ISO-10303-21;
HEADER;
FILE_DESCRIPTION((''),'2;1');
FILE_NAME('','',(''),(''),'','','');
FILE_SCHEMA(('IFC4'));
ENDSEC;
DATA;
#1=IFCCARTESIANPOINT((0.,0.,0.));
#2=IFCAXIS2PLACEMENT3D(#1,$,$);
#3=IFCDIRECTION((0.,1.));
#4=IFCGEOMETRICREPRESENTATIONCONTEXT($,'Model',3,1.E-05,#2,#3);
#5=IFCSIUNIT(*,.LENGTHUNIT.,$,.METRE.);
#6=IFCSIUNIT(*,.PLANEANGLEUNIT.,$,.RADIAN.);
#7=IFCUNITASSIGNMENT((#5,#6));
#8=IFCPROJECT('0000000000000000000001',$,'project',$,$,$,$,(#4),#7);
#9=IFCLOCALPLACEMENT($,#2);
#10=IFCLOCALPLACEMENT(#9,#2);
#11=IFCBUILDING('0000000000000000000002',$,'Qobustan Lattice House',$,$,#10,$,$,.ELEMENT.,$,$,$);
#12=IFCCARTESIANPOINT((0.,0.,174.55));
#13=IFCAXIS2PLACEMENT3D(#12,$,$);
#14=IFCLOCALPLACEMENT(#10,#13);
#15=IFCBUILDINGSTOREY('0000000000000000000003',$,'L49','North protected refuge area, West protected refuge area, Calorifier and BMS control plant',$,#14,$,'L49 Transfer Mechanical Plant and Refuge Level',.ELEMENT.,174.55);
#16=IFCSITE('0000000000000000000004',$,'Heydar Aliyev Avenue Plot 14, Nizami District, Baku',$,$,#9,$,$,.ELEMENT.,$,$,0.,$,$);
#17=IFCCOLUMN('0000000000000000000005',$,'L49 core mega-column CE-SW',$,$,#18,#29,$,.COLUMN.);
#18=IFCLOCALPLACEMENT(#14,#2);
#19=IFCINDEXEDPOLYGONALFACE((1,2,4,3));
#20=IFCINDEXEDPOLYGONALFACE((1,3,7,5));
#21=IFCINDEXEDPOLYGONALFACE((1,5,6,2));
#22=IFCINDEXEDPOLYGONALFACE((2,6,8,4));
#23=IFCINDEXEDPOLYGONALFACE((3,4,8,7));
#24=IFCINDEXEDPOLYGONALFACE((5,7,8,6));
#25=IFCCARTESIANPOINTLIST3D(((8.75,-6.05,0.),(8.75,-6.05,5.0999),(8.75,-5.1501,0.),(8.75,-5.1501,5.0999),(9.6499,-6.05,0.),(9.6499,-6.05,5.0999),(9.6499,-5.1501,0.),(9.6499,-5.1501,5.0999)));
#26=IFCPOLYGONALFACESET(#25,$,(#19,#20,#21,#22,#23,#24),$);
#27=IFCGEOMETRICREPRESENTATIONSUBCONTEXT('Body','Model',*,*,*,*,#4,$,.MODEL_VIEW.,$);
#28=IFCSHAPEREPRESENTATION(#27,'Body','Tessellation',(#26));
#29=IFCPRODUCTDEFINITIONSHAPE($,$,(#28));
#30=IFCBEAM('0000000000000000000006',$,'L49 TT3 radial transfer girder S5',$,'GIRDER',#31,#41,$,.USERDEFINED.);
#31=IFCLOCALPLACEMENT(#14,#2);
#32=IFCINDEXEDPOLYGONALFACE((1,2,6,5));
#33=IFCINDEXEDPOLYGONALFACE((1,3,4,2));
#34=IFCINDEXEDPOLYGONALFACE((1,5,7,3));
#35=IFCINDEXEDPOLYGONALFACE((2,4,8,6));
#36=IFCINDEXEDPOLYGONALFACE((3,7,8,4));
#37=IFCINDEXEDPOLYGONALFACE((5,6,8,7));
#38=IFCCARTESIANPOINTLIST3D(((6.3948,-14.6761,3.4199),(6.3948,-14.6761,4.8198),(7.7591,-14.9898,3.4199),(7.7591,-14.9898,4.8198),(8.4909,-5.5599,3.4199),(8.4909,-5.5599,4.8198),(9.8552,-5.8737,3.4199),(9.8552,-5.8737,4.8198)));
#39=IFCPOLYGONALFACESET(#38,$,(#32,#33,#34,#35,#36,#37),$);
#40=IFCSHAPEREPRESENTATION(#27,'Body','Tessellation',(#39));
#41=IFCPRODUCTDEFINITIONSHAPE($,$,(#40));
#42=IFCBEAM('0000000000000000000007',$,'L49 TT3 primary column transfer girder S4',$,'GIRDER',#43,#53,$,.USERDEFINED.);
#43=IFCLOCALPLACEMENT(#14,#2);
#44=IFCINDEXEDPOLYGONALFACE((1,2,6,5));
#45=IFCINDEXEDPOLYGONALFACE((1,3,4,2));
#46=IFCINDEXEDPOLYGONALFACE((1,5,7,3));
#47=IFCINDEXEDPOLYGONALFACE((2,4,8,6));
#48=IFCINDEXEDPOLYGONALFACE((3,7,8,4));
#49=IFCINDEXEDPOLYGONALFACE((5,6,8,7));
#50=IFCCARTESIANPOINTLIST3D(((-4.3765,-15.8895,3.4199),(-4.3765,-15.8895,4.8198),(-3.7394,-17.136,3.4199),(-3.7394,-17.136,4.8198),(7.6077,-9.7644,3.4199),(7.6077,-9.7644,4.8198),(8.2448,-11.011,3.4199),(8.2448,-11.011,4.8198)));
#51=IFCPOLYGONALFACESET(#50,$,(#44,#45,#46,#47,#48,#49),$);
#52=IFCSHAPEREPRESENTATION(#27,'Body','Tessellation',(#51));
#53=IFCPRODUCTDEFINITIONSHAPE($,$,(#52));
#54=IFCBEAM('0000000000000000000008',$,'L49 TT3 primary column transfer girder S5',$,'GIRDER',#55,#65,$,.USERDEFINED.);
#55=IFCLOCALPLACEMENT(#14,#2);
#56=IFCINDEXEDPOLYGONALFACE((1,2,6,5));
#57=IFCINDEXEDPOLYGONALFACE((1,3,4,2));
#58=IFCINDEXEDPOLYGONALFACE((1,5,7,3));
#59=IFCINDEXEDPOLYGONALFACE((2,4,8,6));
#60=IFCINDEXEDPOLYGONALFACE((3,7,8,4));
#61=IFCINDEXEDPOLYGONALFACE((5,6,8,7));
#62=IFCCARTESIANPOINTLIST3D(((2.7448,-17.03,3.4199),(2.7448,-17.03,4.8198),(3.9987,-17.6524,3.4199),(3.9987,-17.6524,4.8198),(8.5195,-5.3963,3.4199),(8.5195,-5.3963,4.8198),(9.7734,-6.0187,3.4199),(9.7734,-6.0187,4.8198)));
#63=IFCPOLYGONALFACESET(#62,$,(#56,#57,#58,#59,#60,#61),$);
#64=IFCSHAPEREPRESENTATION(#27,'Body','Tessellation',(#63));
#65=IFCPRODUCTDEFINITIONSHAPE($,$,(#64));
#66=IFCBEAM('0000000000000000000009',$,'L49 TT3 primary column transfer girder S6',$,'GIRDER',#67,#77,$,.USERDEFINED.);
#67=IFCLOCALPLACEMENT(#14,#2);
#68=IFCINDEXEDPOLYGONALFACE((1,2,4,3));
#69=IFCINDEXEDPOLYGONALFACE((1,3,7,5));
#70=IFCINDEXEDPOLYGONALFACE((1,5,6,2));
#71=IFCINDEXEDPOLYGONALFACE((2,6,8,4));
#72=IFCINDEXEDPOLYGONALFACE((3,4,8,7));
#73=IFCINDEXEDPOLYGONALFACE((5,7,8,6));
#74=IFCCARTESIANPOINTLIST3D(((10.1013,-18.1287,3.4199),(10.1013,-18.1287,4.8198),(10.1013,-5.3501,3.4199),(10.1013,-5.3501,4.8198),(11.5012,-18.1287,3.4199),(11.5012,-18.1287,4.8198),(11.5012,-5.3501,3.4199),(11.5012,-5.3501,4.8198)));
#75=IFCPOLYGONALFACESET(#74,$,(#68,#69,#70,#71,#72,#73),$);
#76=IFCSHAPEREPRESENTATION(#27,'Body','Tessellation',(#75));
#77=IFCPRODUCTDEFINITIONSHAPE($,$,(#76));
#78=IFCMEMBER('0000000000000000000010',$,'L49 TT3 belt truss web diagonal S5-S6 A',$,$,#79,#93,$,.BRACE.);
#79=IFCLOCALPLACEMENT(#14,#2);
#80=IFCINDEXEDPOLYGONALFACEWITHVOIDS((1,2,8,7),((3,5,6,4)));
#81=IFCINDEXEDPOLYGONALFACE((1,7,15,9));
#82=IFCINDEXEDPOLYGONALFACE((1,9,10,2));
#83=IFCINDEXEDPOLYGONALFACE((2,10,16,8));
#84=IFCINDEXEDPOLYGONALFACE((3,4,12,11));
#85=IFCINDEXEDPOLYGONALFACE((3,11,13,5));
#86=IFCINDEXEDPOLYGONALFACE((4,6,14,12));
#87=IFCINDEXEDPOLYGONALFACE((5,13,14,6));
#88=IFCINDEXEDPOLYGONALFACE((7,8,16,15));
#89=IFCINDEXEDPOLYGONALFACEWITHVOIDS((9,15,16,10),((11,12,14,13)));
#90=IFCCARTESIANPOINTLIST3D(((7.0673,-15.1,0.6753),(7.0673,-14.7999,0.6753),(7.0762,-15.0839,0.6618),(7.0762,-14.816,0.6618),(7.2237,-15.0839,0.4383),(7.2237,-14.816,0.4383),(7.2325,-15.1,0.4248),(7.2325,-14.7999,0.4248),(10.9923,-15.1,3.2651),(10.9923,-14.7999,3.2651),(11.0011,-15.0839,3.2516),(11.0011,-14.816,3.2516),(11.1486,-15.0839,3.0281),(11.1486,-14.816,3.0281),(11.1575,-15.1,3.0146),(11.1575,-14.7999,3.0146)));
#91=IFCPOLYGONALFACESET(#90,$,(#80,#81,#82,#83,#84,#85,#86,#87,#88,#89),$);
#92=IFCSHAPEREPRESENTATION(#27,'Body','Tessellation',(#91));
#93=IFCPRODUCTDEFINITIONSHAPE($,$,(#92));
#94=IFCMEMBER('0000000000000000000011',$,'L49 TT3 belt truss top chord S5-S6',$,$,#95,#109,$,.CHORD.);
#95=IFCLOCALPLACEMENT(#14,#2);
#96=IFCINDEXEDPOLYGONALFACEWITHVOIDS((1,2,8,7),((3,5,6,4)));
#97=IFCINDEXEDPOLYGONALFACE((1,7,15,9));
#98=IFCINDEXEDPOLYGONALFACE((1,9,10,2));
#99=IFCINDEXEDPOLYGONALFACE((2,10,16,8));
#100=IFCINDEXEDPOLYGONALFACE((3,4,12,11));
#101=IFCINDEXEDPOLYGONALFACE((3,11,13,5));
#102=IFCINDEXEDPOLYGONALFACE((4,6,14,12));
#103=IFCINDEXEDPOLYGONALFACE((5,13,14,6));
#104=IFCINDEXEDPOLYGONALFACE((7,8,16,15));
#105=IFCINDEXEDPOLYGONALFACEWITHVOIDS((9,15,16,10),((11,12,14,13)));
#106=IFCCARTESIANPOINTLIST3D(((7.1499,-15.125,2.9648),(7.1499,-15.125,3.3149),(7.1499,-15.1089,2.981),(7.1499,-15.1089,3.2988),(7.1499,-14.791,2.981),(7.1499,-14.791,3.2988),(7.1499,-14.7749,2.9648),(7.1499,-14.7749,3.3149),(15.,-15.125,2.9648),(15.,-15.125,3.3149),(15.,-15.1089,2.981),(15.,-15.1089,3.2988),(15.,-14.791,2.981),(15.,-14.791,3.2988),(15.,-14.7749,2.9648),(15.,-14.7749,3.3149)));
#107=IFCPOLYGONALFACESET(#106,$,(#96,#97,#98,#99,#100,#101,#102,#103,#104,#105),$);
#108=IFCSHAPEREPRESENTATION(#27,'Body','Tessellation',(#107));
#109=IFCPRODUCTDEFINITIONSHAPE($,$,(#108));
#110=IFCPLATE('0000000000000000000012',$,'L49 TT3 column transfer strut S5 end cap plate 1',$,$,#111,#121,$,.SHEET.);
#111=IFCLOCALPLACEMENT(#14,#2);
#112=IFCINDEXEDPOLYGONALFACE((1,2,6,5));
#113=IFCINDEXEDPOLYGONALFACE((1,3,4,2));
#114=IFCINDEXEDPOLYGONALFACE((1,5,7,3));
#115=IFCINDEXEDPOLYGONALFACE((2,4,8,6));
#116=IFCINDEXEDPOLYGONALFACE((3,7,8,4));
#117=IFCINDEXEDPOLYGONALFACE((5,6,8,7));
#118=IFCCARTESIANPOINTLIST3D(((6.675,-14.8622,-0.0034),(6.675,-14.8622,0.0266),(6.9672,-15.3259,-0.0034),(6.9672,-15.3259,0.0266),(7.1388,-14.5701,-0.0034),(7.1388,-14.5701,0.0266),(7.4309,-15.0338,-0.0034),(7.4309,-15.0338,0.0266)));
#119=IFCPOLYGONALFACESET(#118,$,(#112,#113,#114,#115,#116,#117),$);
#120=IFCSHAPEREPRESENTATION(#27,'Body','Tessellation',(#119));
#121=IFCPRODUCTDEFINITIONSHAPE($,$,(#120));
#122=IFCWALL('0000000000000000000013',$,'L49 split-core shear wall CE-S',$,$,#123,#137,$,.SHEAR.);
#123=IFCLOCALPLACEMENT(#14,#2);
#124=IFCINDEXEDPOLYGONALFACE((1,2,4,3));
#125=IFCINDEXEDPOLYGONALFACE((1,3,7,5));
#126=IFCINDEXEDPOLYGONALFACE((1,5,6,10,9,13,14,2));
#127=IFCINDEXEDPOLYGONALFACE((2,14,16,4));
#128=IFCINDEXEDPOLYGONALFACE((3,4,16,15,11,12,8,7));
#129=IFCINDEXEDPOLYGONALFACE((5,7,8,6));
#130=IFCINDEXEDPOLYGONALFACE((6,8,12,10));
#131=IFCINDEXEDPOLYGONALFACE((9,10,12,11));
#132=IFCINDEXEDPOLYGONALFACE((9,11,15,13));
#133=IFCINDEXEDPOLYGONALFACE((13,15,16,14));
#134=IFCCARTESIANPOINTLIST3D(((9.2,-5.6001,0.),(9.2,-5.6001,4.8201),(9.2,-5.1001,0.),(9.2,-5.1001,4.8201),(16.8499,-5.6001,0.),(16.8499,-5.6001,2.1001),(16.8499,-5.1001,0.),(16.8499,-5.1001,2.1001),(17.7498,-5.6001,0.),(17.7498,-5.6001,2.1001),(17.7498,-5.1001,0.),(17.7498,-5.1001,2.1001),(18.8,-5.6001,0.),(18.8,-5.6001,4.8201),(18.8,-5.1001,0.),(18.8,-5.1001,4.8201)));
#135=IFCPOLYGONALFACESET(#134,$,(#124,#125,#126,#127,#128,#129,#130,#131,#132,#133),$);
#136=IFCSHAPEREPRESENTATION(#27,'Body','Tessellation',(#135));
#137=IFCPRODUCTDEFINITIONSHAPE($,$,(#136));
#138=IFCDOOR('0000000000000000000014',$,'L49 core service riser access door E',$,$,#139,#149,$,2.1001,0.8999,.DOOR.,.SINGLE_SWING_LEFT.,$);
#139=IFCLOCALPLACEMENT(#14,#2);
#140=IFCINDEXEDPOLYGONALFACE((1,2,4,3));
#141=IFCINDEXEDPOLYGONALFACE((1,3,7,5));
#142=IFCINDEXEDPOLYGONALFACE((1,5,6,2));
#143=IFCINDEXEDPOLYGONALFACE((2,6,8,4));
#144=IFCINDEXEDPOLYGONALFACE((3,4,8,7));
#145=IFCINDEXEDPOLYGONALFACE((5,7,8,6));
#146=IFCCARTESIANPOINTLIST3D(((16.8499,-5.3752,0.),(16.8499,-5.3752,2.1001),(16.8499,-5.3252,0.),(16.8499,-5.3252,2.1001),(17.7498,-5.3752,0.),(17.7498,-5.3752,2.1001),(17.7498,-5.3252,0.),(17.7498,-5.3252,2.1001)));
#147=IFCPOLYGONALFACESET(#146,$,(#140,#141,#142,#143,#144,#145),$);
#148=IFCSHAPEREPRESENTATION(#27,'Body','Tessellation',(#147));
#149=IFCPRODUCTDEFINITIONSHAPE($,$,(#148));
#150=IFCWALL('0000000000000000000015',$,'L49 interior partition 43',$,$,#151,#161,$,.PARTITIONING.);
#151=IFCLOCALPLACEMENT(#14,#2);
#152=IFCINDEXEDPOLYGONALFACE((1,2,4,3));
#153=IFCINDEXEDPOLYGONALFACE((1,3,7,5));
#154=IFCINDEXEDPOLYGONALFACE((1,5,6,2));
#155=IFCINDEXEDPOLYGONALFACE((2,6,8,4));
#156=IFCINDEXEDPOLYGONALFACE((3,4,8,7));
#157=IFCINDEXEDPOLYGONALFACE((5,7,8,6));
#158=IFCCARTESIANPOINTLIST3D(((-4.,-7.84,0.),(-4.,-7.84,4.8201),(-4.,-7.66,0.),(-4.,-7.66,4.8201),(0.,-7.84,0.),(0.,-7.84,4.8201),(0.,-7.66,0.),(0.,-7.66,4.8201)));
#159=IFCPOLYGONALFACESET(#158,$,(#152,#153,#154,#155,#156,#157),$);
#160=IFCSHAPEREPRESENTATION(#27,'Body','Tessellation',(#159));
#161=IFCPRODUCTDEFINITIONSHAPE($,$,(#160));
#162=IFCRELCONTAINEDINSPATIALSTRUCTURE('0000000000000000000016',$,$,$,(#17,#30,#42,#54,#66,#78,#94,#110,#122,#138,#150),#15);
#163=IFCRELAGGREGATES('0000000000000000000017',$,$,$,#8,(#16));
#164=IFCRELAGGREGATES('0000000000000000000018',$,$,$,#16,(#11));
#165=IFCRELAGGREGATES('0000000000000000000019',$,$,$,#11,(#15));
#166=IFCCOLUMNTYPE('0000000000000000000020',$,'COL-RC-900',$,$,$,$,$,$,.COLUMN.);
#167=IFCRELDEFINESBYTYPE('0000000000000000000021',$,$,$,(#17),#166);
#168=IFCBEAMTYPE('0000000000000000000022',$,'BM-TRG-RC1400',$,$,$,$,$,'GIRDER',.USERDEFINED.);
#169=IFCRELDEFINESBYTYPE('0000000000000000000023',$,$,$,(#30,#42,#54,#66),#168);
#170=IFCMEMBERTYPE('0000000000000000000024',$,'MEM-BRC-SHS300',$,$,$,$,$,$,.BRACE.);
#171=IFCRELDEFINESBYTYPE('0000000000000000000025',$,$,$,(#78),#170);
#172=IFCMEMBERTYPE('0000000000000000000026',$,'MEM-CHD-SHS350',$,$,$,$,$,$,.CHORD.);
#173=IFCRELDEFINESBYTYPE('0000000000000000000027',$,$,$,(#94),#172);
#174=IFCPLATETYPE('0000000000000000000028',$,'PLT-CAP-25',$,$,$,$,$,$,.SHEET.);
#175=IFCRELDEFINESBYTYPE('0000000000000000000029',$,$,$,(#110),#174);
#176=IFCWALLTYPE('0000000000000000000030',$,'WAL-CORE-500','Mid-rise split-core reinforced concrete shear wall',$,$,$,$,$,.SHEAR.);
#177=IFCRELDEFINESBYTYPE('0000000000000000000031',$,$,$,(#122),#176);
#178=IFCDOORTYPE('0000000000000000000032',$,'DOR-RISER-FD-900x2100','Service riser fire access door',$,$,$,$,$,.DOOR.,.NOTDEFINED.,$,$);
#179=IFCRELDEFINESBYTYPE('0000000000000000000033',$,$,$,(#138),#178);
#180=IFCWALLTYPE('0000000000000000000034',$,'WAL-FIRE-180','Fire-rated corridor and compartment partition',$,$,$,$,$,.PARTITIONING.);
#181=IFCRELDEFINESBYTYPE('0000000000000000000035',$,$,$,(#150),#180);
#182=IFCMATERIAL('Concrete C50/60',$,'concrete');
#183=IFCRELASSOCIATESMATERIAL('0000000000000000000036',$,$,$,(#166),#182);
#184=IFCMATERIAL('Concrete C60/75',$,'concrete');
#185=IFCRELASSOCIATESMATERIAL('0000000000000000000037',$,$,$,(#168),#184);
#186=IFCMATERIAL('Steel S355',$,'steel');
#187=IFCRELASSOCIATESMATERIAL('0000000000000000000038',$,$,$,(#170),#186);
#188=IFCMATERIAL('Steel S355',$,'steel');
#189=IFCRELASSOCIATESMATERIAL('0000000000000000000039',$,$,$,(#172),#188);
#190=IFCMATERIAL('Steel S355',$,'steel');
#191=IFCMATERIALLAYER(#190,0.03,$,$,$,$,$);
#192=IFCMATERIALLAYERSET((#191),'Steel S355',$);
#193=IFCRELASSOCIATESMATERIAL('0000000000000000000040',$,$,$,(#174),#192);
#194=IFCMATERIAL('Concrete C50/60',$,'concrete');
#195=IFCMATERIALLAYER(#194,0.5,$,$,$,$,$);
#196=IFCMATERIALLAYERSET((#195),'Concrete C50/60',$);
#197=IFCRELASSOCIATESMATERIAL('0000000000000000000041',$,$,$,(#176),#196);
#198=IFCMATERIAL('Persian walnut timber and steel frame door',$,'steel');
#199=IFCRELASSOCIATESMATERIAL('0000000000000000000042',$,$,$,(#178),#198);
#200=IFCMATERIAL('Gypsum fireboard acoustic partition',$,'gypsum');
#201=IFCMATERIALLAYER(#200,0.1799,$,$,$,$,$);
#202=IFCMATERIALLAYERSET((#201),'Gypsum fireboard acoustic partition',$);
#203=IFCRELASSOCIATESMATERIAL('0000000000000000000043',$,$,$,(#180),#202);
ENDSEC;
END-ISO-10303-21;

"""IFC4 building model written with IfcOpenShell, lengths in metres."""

from ifc_helpers import new_model, si_unit, direction, frame, frame_2d, origin, origin_2d, place, context, subcontext, project, spatial, rectangle, hollow_rectangle, extrude, material, layer, layer_set, material_profile, profile_set, type_object, element, fill, save


model = new_model("IFC4")

# Units and contexts
model_context = context("Model", 3, precision=1e-05, world=origin(), true_north=direction((0.0, 1.0)))
body_context = subcontext(model_context, "Body", "Model", "MODEL_VIEW")
ifc_project = project(units=[si_unit("LENGTHUNIT", "METRE"), si_unit("PLANEANGLEUNIT", "RADIAN")], contexts=[model_context])

# Site, building, storey
site_placement = place(None, origin())
site = spatial("IfcSite", under=ifc_project, at=site_placement, Name="Heydar Aliyev Avenue Plot 14, Nizami District, Baku", CompositionType="ELEMENT", RefElevation=0.0)
building_placement = place(site_placement, origin())
building = spatial("IfcBuilding", under=site, at=building_placement, Name="Qobustan Lattice House", CompositionType="ELEMENT")
storey_placement = place(building_placement, frame((0.0, 0.0, 174.55)))
storey = spatial("IfcBuildingStorey", under=building, at=storey_placement, Name="L49", Description="North protected refuge area, West protected refuge area, Calorifier and BMS control plant", LongName="L49 Transfer Mechanical Plant and Refuge Level", CompositionType="ELEMENT", Elevation=174.55)

# Column
ifc_material_1 = material(Name="Concrete C50/60", Category="concrete")
ifc_material_profile_1 = material_profile(ifc_material_1, rectangle(XDim=0.8999, YDim=0.8999, at=origin_2d()), Name="RC900x900")
ifc_profile_set_1 = profile_set([ifc_material_profile_1], Name="Concrete C50/60")
column_type = type_object("IfcColumnType", Name="COL-RC-900", PredefinedType="COLUMN", material=ifc_profile_set_1)
column_placement = place(storey_placement, frame((9.2, -5.6001, 0.0), z_axis=(0.0, 0.0, 1.0), x_axis=(1.0, 0.0, 0.0)))
element("IfcColumn", 1, at=column_placement, inside=storey, type_object=column_type, Name="L49 core mega-column CE-SW", PredefinedType="COLUMN", context=body_context, shape_type="SweptSolid", body=[
    extrude(rectangle(XDim=0.8999, YDim=0.8999, at=origin_2d()), origin(), (0.0, 0.0, 1.0), 5.0999),
])

# Beams
ifc_material_2 = material(Name="Concrete C60/75", Category="concrete")
ifc_material_profile_2 = material_profile(ifc_material_2, rectangle(XDim=1.3999, YDim=1.3999, at=origin_2d()), Name="RC1400x1400")
ifc_profile_set_2 = profile_set([ifc_material_profile_2], Name="Concrete C60/75")
beam_type = type_object("IfcBeamType", Name="BM-TRG-RC1400", ElementType="GIRDER", PredefinedType="USERDEFINED", material=ifc_profile_set_2)
beam_1_placement = place(storey_placement, frame((9.1731, -5.7168, 4.1199), z_axis=(-0.224093, -0.974568, 0.0), x_axis=(0.974568, -0.224093, 0.0)))
element("IfcBeam", 2, at=beam_1_placement, inside=storey, type_object=beam_type, Name="L49 TT3 radial transfer girder S5", ObjectType="GIRDER", PredefinedType="USERDEFINED", context=body_context, shape_type="SweptSolid", body=[
    extrude(rectangle(XDim=1.3999, YDim=1.3999, at=origin_2d()), origin(), (0.0, 0.0, 1.0), 9.354),
])
beam_2_placement = place(storey_placement, frame((7.9263, -10.3877, 4.1199), z_axis=(-0.890441, -0.455098, 0.0), x_axis=(0.455098, -0.890441, 0.0)))
element("IfcBeam", 3, at=beam_2_placement, inside=storey, type_object=beam_type, Name="L49 TT3 primary column transfer girder S4", ObjectType="GIRDER", PredefinedType="USERDEFINED", context=body_context, shape_type="SweptSolid", body=[
    extrude(rectangle(XDim=1.3999, YDim=1.3999, at=origin_2d()), origin(), (0.0, 0.0, 1.0), 13.4587),
])
beam_3_placement = place(storey_placement, frame((9.1465, -5.7075, 4.1199), z_axis=(-0.444618, -0.89572, 0.0), x_axis=(0.89572, -0.444618, 0.0)))
element("IfcBeam", 4, at=beam_3_placement, inside=storey, type_object=beam_type, Name="L49 TT3 primary column transfer girder S5", ObjectType="GIRDER", PredefinedType="USERDEFINED", context=body_context, shape_type="SweptSolid", body=[
    extrude(rectangle(XDim=1.3999, YDim=1.3999, at=origin_2d()), origin(), (0.0, 0.0, 1.0), 12.988),
])
beam_4_placement = place(storey_placement, frame((10.8013, -5.3501, 4.1199), z_axis=(0.0, -1.0, 0.0), x_axis=(1.0, 0.0, 0.0)))
element("IfcBeam", 5, at=beam_4_placement, inside=storey, type_object=beam_type, Name="L49 TT3 primary column transfer girder S6", ObjectType="GIRDER", PredefinedType="USERDEFINED", context=body_context, shape_type="SweptSolid", body=[
    extrude(rectangle(XDim=1.3999, YDim=1.3999, at=origin_2d()), origin(), (0.0, 0.0, 1.0), 12.7786),
])

# Members
ifc_material_3 = material(Name="Steel S355", Category="steel")
ifc_material_profile_3 = material_profile(ifc_material_3, hollow_rectangle(XDim=0.3, YDim=0.3, WallThickness=0.0161, at=origin_2d()), Name="SHS300x300x16")
ifc_profile_set_3 = profile_set([ifc_material_profile_3], Name="Steel S355")
member_type_1 = type_object("IfcMemberType", Name="MEM-BRC-SHS300", PredefinedType="BRACE", material=ifc_profile_set_3)
member_1_placement = place(storey_placement, frame((7.1499, -14.95, 0.55), z_axis=(0.834677, 0.0, 0.55074), x_axis=(0.0, 1.0, 0.0)))
element("IfcMember", 6, at=member_1_placement, inside=storey, type_object=member_type_1, Name="L49 TT3 belt truss web diagonal S5-S6 A", PredefinedType="BRACE", context=body_context, shape_type="SweptSolid", body=[
    extrude(hollow_rectangle(XDim=0.3, YDim=0.3, WallThickness=0.0161, at=origin_2d()), origin(), (0.0, 0.0, 1.0), 4.7024),
])
ifc_material_4 = material(Name="Steel S355", Category="steel")
ifc_material_profile_4 = material_profile(ifc_material_4, hollow_rectangle(XDim=0.3501, YDim=0.3501, WallThickness=0.0161, at=origin_2d()), Name="SHS350x350x16")
ifc_profile_set_4 = profile_set([ifc_material_profile_4], Name="Steel S355")
member_type_2 = type_object("IfcMemberType", Name="MEM-CHD-SHS350", PredefinedType="CHORD", material=ifc_profile_set_4)
member_2_placement = place(storey_placement, frame((7.1499, -14.95, 3.1399), z_axis=(1.0, 0.0, 0.0), x_axis=(0.0, 1.0, 0.0)))
element("IfcMember", 7, at=member_2_placement, inside=storey, type_object=member_type_2, Name="L49 TT3 belt truss top chord S5-S6", PredefinedType="CHORD", context=body_context, shape_type="SweptSolid", body=[
    extrude(hollow_rectangle(XDim=0.3501, YDim=0.3501, WallThickness=0.0161, at=origin_2d()), origin(), (0.0, 0.0, 1.0), 7.8501),
])

# Plate
ifc_material_5 = material(Name="Steel S355", Category="steel")
ifc_layer_1 = layer(ifc_material_5, 0.03)
ifc_layer_set_1 = layer_set([ifc_layer_1], Name="Steel S355")
plate_type = type_object("IfcPlateType", Name="PLT-CAP-25", PredefinedType="SHEET", material=ifc_layer_set_1)
plate_placement = place(storey_placement, frame((7.053, -14.948, -0.0034), z_axis=(0.0, 0.0, 1.0), x_axis=(-0.8461, -0.533024, 0.0)))
element("IfcPlate", 8, at=plate_placement, inside=storey, type_object=plate_type, Name="L49 TT3 column transfer strut S5 end cap plate 1", PredefinedType="SHEET", context=body_context, shape_type="SweptSolid", body=[
    extrude(rectangle(XDim=0.5481, YDim=0.5481, at=origin_2d()), origin(), (0.0, 0.0, 1.0), 0.03),
])

# Wall, opening, door
ifc_material_6 = material(Name="Concrete C50/60", Category="concrete")
ifc_layer_2 = layer(ifc_material_6, 0.5)
ifc_layer_set_2 = layer_set([ifc_layer_2], Name="Concrete C50/60")
wall_type_1 = type_object("IfcWallType", Name="WAL-CORE-500", Description="Mid-rise split-core reinforced concrete shear wall", PredefinedType="SHEAR", material=ifc_layer_set_2)
wall_1_placement = place(storey_placement, frame((9.2, -5.3501, 0.0), z_axis=(0.0, 0.0, 1.0), x_axis=(1.0, 0.0, 0.0)))
wall_1 = element("IfcWall", 9, at=wall_1_placement, inside=storey, type_object=wall_type_1, Name="L49 split-core shear wall CE-S", PredefinedType="SHEAR", context=body_context, shape_type="SweptSolid", body=[
    extrude(rectangle(XDim=9.6001, YDim=0.5, at=frame_2d((4.8, 0.0))), origin(), (0.0, 0.0, 1.0), 4.8201),
])
opening_1_placement = place(wall_1_placement, frame((7.6499, 0.0, 0.0)))
opening_1 = element("IfcOpeningElement", 10, at=opening_1_placement, cuts=wall_1, PredefinedType="OPENING", context=body_context, shape_type="SweptSolid", body=[
    extrude(rectangle(XDim=0.8999, YDim=2.1001, at=frame_2d((0.45, 1.05))), frame((0.0, 0.26, 0.0), z_axis=(0.0, -1.0, 0.0), x_axis=(1.0, 0.0, 0.0)), (0.0, 0.0, 1.0), 0.52),
])
ifc_material_7 = material(Name="Persian walnut timber and steel frame door", Category="steel")
door_type_1 = type_object("IfcDoorType", Name="DOR-RISER-FD-900x2100", Description="Service riser fire access door", OperationType="NOTDEFINED", PredefinedType="DOOR", material=ifc_material_7)
door_1_placement = place(opening_1_placement, origin())
door_1 = element("IfcDoor", 11, at=door_1_placement, inside=storey, type_object=door_type_1, Name="L49 core service riser access door E", OperationType="SINGLE_SWING_LEFT", OverallHeight=2.1001, OverallWidth=0.8999, PredefinedType="DOOR", context=body_context, shape_type="SweptSolid", body=[
    extrude(rectangle(XDim=0.8999, YDim=2.1001, at=frame_2d((0.45, 1.05))), frame((0.0, 0.0249, 0.0), z_axis=(0.0, -1.0, 0.0), x_axis=(1.0, 0.0, 0.0)), (0.0, 0.0, 1.0), 0.05),
])
fill(opening_1, door_1)

# Wall
ifc_material_8 = material(Name="Gypsum fireboard acoustic partition", Category="gypsum")
ifc_layer_3 = layer(ifc_material_8, 0.1799)
ifc_layer_set_3 = layer_set([ifc_layer_3], Name="Gypsum fireboard acoustic partition")
wall_type_2 = type_object("IfcWallType", Name="WAL-FIRE-180", Description="Fire-rated corridor and compartment partition", PredefinedType="PARTITIONING", material=ifc_layer_set_3)
wall_2_placement = place(storey_placement, frame((0.0, -7.75, 0.0), z_axis=(0.0, 0.0, 1.0), x_axis=(-1.0, 0.0, 0.0)))
element("IfcWall", 12, at=wall_2_placement, inside=storey, type_object=wall_type_2, Name="L49 interior partition 43", PredefinedType="PARTITIONING", context=body_context, shape_type="SweptSolid", body=[
    extrude(rectangle(XDim=4.0, YDim=0.1799, at=frame_2d((2.0, 0.0))), origin(), (0.0, 0.0, 1.0), 4.8201),
])

save(model, "model.ifc")
